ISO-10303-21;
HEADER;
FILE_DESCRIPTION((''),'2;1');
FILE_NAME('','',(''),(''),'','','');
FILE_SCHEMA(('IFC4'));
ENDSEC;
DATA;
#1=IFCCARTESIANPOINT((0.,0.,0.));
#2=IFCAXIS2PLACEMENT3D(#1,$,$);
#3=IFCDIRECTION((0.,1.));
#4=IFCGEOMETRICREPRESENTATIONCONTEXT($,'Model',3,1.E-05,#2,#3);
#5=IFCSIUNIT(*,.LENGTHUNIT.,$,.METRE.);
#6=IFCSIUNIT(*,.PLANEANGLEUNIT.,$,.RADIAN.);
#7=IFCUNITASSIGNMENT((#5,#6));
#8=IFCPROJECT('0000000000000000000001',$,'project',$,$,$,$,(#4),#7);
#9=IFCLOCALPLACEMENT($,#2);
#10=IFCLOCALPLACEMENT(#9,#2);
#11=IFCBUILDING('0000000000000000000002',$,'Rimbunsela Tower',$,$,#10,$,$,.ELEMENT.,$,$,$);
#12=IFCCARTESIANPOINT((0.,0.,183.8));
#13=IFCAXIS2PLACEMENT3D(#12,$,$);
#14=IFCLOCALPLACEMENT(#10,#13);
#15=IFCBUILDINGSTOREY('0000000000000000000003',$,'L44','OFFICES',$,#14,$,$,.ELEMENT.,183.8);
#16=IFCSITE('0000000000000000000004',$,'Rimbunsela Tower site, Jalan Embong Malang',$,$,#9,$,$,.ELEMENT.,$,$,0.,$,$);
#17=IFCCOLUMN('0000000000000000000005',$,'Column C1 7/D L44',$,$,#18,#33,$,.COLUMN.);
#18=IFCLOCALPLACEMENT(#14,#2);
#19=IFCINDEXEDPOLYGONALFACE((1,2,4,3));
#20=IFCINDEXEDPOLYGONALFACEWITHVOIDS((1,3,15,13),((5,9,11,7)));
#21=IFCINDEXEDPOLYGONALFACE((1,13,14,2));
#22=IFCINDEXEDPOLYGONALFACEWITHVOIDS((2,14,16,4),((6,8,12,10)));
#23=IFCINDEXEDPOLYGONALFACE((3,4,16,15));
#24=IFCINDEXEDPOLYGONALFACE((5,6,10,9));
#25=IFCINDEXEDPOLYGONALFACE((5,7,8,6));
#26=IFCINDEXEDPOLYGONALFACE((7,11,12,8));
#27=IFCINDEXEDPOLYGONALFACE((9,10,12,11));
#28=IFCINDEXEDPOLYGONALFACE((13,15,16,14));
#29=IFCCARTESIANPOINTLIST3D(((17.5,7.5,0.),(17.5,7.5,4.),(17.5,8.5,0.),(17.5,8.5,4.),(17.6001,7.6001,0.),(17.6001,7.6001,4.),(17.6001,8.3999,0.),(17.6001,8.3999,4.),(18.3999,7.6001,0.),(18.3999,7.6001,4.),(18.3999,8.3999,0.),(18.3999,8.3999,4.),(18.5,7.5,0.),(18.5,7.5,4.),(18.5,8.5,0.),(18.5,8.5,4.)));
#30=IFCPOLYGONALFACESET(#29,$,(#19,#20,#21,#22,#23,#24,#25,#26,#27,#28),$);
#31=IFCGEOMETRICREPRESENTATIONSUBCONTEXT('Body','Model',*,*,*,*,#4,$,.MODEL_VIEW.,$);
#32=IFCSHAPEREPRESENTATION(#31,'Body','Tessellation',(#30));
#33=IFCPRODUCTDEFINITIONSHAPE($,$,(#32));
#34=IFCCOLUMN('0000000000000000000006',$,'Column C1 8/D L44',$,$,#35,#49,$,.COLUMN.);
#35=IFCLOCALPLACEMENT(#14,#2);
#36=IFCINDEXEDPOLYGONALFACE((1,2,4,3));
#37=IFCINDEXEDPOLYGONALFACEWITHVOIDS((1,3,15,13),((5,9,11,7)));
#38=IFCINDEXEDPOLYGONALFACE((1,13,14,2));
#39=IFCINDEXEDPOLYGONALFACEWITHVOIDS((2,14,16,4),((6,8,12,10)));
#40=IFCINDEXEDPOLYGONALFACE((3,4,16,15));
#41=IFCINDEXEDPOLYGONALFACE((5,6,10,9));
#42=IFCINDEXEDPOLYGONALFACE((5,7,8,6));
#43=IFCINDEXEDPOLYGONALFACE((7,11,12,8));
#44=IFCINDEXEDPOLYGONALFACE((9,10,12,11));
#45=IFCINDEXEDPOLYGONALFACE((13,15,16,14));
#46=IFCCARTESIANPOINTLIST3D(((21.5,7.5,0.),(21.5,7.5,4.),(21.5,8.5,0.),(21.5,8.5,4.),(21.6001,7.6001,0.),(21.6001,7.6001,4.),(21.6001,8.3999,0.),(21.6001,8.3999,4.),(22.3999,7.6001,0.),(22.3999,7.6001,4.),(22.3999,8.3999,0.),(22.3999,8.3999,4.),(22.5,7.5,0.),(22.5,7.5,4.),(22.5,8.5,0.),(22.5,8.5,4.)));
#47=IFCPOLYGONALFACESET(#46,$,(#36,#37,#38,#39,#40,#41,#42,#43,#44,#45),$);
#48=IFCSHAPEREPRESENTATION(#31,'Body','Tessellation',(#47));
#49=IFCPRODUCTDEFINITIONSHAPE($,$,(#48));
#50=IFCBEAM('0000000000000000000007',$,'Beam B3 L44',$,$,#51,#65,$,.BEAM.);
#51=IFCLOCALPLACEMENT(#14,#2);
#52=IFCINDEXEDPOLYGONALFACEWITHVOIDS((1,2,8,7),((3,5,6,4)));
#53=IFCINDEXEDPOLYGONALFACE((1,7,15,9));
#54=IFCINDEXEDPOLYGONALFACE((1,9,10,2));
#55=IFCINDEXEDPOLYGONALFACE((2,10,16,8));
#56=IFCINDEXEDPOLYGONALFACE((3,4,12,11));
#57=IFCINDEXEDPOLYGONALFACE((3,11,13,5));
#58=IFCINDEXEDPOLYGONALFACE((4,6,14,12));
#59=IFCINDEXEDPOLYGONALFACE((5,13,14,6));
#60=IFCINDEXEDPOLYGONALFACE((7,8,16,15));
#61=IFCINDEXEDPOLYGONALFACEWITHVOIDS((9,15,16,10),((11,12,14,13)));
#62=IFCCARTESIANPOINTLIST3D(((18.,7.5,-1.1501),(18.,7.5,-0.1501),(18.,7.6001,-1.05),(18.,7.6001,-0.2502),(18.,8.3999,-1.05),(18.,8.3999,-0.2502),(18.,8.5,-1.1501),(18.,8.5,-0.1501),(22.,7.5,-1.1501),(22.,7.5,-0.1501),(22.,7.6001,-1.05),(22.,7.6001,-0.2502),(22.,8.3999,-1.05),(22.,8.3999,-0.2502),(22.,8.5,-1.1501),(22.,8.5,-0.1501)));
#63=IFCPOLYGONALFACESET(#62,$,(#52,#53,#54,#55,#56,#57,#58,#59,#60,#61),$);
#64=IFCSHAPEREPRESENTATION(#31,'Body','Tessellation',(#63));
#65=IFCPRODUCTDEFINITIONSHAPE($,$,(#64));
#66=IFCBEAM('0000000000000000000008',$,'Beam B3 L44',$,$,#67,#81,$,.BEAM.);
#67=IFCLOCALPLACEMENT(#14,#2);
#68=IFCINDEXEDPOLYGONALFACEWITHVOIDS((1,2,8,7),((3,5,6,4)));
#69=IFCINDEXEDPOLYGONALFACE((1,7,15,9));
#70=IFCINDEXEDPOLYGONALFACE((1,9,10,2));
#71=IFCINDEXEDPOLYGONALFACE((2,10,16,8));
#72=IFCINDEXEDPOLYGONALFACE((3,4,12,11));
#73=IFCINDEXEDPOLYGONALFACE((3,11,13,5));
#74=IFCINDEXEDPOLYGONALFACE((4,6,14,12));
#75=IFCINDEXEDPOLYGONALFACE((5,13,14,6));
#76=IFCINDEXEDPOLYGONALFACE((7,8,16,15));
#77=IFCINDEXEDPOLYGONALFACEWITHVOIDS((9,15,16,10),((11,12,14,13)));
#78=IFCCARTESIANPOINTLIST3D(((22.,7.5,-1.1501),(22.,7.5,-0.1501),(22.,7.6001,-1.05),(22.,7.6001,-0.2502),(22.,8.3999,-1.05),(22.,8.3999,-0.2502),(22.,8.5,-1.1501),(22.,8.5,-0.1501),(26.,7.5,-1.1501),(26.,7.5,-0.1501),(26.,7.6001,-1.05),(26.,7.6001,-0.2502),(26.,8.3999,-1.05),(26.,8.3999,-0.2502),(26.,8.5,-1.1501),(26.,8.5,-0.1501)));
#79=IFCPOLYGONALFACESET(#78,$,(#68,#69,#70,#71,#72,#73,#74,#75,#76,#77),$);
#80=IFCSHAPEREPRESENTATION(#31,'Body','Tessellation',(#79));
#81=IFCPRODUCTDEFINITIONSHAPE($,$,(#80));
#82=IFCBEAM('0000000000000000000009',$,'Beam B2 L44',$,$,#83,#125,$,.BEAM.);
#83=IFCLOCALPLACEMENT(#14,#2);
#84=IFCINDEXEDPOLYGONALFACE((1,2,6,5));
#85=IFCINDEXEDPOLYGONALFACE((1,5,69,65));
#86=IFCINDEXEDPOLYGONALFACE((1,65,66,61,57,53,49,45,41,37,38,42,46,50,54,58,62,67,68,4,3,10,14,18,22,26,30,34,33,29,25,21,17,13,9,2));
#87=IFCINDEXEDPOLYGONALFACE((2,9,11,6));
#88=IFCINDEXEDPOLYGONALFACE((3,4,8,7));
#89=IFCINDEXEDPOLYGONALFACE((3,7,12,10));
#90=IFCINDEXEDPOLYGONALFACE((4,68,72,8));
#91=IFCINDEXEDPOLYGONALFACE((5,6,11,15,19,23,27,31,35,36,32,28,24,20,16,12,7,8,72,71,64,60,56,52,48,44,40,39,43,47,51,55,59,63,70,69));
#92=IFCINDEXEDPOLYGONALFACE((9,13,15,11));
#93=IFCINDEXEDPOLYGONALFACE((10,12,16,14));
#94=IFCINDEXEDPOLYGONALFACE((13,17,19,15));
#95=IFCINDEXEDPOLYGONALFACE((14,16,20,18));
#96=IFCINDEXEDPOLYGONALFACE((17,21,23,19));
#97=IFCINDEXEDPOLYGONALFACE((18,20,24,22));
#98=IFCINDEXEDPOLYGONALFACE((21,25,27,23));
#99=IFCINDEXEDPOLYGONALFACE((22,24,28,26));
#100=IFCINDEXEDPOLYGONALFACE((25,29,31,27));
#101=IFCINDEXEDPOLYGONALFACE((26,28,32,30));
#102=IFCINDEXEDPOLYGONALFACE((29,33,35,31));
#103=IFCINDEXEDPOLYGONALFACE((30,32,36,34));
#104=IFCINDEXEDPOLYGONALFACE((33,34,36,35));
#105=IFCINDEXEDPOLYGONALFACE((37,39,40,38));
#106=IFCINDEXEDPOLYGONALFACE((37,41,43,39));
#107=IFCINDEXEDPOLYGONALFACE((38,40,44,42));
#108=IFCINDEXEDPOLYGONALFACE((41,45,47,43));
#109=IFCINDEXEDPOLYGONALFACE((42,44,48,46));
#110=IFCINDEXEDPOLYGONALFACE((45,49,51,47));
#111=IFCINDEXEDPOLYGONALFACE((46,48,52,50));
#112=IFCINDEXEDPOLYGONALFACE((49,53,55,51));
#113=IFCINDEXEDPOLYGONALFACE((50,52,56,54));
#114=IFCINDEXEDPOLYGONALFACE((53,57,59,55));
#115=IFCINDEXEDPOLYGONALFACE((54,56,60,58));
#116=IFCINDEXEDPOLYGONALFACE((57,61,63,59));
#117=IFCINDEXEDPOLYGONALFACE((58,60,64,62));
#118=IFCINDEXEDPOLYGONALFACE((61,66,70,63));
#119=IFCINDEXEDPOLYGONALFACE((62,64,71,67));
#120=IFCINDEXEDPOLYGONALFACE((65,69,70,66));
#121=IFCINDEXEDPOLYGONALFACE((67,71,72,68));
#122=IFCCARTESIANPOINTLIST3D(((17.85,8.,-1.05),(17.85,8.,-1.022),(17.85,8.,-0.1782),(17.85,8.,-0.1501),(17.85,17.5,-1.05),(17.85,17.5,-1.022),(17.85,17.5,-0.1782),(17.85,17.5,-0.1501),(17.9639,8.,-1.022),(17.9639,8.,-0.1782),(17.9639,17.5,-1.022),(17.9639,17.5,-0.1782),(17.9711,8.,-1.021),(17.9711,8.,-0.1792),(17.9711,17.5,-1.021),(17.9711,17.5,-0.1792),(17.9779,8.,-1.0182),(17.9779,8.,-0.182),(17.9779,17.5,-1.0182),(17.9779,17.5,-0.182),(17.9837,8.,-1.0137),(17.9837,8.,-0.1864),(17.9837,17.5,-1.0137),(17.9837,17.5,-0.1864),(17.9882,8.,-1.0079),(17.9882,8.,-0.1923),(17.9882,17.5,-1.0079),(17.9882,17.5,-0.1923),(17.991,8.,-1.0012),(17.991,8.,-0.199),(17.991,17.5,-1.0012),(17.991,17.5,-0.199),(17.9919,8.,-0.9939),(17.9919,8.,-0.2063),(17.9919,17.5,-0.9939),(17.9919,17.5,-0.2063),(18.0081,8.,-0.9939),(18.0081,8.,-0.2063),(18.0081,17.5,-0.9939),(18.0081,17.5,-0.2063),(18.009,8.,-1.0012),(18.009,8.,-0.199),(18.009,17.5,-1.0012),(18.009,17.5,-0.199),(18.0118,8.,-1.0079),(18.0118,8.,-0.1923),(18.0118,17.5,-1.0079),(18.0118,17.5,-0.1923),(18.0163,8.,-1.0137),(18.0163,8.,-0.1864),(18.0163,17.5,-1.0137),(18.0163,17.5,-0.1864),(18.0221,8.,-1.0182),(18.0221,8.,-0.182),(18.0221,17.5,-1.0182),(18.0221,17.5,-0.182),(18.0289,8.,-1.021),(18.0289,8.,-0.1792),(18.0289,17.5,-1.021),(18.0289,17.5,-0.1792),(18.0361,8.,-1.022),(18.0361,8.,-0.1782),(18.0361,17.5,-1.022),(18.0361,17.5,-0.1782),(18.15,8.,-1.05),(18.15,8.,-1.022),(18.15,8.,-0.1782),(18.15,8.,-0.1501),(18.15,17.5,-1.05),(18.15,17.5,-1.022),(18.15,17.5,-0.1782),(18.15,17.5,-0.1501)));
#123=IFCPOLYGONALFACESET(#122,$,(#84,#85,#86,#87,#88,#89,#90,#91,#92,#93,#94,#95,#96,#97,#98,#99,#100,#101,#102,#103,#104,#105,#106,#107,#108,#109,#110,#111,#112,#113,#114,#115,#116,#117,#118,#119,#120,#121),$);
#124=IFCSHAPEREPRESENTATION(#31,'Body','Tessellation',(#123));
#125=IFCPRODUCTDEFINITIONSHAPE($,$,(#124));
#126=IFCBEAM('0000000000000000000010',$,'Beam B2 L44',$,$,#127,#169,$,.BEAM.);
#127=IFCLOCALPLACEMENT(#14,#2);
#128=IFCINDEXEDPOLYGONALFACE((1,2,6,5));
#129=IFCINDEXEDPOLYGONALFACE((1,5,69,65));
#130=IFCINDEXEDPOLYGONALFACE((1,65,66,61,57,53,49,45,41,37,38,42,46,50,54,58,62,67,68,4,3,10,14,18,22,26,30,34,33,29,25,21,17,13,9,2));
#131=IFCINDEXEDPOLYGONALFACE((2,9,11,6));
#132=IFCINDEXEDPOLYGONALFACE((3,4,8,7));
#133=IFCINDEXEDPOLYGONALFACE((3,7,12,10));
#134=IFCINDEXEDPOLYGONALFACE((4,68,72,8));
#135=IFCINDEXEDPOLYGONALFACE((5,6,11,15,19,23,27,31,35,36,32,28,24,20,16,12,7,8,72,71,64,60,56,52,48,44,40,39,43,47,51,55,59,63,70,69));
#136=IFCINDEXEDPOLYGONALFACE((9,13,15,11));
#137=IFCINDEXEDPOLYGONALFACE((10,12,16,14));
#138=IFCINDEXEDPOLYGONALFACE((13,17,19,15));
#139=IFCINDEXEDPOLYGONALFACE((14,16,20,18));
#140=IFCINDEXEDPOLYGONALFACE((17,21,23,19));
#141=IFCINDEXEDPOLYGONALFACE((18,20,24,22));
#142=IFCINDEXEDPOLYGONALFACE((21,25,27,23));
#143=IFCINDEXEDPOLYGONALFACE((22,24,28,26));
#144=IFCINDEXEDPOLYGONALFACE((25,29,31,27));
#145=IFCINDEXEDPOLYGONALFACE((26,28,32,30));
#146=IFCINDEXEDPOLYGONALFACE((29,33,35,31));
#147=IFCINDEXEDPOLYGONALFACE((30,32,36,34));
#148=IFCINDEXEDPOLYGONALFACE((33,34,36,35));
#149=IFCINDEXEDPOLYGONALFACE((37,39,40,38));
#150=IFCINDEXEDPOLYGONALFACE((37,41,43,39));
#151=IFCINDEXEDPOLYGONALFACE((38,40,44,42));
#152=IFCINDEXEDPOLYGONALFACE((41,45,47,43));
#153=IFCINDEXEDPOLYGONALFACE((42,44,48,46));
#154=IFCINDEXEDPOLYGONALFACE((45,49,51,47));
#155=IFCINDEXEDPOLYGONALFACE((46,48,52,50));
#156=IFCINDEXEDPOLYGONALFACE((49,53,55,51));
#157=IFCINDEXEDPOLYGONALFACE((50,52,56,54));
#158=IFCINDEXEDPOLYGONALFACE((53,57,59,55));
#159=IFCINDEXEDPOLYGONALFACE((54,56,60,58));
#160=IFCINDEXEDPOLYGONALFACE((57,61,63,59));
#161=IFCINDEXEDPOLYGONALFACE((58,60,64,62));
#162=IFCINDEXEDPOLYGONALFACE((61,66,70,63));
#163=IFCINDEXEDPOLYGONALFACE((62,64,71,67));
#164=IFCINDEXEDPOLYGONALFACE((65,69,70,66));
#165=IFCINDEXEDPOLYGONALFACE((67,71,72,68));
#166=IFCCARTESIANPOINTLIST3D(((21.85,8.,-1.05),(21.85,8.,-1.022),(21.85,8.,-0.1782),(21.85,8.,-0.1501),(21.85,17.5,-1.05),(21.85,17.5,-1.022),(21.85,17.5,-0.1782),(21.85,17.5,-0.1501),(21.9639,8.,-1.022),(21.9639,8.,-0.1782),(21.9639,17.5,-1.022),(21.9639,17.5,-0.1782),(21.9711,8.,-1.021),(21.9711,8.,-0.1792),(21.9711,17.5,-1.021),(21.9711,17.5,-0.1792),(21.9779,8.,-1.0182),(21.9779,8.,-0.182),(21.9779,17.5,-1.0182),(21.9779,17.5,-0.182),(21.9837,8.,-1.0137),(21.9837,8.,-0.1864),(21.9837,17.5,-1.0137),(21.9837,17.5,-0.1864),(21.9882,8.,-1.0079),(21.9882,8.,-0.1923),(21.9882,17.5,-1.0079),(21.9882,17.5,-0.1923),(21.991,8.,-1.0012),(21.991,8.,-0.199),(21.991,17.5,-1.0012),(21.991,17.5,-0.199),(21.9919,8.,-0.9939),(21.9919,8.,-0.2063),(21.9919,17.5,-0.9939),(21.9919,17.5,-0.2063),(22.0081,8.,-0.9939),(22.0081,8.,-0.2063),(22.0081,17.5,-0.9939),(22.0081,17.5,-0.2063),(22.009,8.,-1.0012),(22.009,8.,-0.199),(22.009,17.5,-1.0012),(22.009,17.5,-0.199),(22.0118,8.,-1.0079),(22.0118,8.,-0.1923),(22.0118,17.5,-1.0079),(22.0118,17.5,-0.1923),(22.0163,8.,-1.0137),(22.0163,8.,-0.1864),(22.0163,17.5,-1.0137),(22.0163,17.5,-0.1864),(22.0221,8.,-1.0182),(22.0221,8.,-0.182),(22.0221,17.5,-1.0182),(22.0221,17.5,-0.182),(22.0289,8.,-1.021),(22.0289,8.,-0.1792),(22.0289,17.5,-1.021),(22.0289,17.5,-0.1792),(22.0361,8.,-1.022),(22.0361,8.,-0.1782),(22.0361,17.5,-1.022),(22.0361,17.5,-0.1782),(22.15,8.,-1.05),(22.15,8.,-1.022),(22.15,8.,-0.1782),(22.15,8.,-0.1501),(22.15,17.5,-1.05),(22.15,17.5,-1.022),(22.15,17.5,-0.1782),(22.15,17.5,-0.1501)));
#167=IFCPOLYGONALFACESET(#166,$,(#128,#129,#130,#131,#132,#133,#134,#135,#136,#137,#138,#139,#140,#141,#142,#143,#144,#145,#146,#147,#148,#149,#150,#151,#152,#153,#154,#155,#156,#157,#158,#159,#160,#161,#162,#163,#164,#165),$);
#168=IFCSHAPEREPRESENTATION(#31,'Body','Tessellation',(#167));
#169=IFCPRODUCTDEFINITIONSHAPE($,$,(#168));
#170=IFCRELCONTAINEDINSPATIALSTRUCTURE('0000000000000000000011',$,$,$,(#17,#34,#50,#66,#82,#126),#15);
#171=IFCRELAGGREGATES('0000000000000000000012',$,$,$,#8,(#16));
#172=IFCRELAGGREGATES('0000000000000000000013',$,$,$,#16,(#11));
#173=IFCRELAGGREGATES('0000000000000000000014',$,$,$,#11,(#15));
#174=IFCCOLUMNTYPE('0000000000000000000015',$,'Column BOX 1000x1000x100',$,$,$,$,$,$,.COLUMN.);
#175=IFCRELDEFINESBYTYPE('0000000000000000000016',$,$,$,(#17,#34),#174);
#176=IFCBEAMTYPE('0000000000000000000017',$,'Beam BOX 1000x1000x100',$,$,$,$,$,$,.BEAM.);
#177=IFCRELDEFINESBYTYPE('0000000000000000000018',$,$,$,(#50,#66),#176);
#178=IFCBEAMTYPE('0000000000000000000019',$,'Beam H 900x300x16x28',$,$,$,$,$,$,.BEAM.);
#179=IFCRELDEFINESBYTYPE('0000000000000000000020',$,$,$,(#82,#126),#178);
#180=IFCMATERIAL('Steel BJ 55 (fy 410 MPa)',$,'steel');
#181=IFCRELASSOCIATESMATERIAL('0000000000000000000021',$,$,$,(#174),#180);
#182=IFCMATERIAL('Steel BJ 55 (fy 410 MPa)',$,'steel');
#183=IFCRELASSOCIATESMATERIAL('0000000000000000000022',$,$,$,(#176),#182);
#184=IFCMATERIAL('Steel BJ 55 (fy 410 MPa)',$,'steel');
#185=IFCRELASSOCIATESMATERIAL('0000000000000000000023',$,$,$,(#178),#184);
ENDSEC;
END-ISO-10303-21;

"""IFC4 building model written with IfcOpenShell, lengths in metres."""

from ifc_helpers import new_model, si_unit, direction, frame, origin, origin_2d, place, context, subcontext, project, spatial, hollow_rectangle, i_section, extrude, material, material_profile, profile_set, type_object, element, save


model = new_model("IFC4")

# Units and contexts
model_context = context("Model", 3, precision=1e-05, world=origin(), true_north=direction((0.0, 1.0)))
body_context = subcontext(model_context, "Body", "Model", "MODEL_VIEW")
ifc_project = project(units=[si_unit("LENGTHUNIT", "METRE"), si_unit("PLANEANGLEUNIT", "RADIAN")], contexts=[model_context])

# Site, building, storey
site_placement = place(None, origin())
site = spatial("IfcSite", under=ifc_project, at=site_placement, Name="Rimbunsela Tower site, Jalan Embong Malang", CompositionType="ELEMENT", RefElevation=0.0)
building_placement = place(site_placement, origin())
building = spatial("IfcBuilding", under=site, at=building_placement, Name="Rimbunsela Tower", CompositionType="ELEMENT")
storey_placement = place(building_placement, frame((0.0, 0.0, 183.8)))
storey = spatial("IfcBuildingStorey", under=building, at=storey_placement, Name="L44", Description="OFFICES", CompositionType="ELEMENT", Elevation=183.8)

# Columns
ifc_material_1 = material(Name="Steel BJ 55 (fy 410 MPa)", Category="steel")
ifc_material_profile_1 = material_profile(ifc_material_1, hollow_rectangle(XDim=1.0, YDim=1.0, WallThickness=0.1001, at=origin_2d()), Name="BOX 1000x1000x100")
ifc_profile_set_1 = profile_set([ifc_material_profile_1], Name="Steel BJ 55 (fy 410 MPa)")
column_type = type_object("IfcColumnType", Name="Column BOX 1000x1000x100", PredefinedType="COLUMN", material=ifc_profile_set_1)
for number, where, z_axis, x_axis, name in (
    (1, (18.0, 8.0, 0.0), (0.0, 0.0, 1.0), (1.0, 0.0, 0.0), "Column C1 7/D L44"),
    (2, (22.0, 8.0, 0.0), (0.0, 0.0, 1.0), (1.0, 0.0, 0.0), "Column C1 8/D L44"),
):
    element("IfcColumn", number, at=place(storey_placement, frame(where, z_axis=z_axis, x_axis=x_axis)), inside=storey, type_object=column_type, Name=name, PredefinedType="COLUMN", context=body_context, shape_type="SweptSolid", body=[
        extrude(hollow_rectangle(XDim=1.0, YDim=1.0, WallThickness=0.1001, at=origin_2d()), origin(), (0.0, 0.0, 1.0), 4.0),
    ])

# Beams
ifc_material_2 = material(Name="Steel BJ 55 (fy 410 MPa)", Category="steel")
ifc_material_profile_2 = material_profile(ifc_material_2, hollow_rectangle(XDim=1.0, YDim=1.0, WallThickness=0.1001, at=origin_2d()), Name="BOX 1000x1000x100")
ifc_profile_set_2 = profile_set([ifc_material_profile_2], Name="Steel BJ 55 (fy 410 MPa)")
beam_type_1 = type_object("IfcBeamType", Name="Beam BOX 1000x1000x100", PredefinedType="BEAM", material=ifc_profile_set_2)
for number, where, z_axis, x_axis, name in (
    (3, (18.0, 8.0, -0.6501), (1.0, 0.0, 0.0), (0.0, 1.0, 0.0), "Beam B3 L44"),
    (4, (22.0, 8.0, -0.6501), (1.0, 0.0, 0.0), (0.0, 1.0, 0.0), "Beam B3 L44"),
):
    element("IfcBeam", number, at=place(storey_placement, frame(where, z_axis=z_axis, x_axis=x_axis)), inside=storey, type_object=beam_type_1, Name=name, PredefinedType="BEAM", context=body_context, shape_type="SweptSolid", body=[
        extrude(hollow_rectangle(XDim=1.0, YDim=1.0, WallThickness=0.1001, at=origin_2d()), origin(), (0.0, 0.0, 1.0), 4.0),
    ])
ifc_material_3 = material(Name="Steel BJ 55 (fy 410 MPa)", Category="steel")
ifc_material_profile_3 = material_profile(ifc_material_3, i_section(OverallWidth=0.3, OverallDepth=0.8999, WebThickness=0.0161, FlangeThickness=0.0281, FilletRadius=0.0281, at=origin_2d()), Name="H 900x300x16x28")
ifc_profile_set_3 = profile_set([ifc_material_profile_3], Name="Steel BJ 55 (fy 410 MPa)")
beam_type_2 = type_object("IfcBeamType", Name="Beam H 900x300x16x28", PredefinedType="BEAM", material=ifc_profile_set_3)
for number, where, z_axis, x_axis, name in (
    (5, (18.0, 8.0, -0.6001), (0.0, 1.0, 0.0), (-1.0, 0.0, 0.0), "Beam B2 L44"),
    (6, (22.0, 8.0, -0.6001), (0.0, 1.0, 0.0), (-1.0, 0.0, 0.0), "Beam B2 L44"),
):
    element("IfcBeam", number, at=place(storey_placement, frame(where, z_axis=z_axis, x_axis=x_axis)), inside=storey, type_object=beam_type_2, Name=name, PredefinedType="BEAM", context=body_context, shape_type="SweptSolid", body=[
        extrude(i_section(OverallWidth=0.3, OverallDepth=0.8999, WebThickness=0.0161, FlangeThickness=0.0281, FilletRadius=0.0281, at=origin_2d()), origin(), (0.0, 0.0, 1.0), 9.5),
    ])

save(model, "model.ifc")
